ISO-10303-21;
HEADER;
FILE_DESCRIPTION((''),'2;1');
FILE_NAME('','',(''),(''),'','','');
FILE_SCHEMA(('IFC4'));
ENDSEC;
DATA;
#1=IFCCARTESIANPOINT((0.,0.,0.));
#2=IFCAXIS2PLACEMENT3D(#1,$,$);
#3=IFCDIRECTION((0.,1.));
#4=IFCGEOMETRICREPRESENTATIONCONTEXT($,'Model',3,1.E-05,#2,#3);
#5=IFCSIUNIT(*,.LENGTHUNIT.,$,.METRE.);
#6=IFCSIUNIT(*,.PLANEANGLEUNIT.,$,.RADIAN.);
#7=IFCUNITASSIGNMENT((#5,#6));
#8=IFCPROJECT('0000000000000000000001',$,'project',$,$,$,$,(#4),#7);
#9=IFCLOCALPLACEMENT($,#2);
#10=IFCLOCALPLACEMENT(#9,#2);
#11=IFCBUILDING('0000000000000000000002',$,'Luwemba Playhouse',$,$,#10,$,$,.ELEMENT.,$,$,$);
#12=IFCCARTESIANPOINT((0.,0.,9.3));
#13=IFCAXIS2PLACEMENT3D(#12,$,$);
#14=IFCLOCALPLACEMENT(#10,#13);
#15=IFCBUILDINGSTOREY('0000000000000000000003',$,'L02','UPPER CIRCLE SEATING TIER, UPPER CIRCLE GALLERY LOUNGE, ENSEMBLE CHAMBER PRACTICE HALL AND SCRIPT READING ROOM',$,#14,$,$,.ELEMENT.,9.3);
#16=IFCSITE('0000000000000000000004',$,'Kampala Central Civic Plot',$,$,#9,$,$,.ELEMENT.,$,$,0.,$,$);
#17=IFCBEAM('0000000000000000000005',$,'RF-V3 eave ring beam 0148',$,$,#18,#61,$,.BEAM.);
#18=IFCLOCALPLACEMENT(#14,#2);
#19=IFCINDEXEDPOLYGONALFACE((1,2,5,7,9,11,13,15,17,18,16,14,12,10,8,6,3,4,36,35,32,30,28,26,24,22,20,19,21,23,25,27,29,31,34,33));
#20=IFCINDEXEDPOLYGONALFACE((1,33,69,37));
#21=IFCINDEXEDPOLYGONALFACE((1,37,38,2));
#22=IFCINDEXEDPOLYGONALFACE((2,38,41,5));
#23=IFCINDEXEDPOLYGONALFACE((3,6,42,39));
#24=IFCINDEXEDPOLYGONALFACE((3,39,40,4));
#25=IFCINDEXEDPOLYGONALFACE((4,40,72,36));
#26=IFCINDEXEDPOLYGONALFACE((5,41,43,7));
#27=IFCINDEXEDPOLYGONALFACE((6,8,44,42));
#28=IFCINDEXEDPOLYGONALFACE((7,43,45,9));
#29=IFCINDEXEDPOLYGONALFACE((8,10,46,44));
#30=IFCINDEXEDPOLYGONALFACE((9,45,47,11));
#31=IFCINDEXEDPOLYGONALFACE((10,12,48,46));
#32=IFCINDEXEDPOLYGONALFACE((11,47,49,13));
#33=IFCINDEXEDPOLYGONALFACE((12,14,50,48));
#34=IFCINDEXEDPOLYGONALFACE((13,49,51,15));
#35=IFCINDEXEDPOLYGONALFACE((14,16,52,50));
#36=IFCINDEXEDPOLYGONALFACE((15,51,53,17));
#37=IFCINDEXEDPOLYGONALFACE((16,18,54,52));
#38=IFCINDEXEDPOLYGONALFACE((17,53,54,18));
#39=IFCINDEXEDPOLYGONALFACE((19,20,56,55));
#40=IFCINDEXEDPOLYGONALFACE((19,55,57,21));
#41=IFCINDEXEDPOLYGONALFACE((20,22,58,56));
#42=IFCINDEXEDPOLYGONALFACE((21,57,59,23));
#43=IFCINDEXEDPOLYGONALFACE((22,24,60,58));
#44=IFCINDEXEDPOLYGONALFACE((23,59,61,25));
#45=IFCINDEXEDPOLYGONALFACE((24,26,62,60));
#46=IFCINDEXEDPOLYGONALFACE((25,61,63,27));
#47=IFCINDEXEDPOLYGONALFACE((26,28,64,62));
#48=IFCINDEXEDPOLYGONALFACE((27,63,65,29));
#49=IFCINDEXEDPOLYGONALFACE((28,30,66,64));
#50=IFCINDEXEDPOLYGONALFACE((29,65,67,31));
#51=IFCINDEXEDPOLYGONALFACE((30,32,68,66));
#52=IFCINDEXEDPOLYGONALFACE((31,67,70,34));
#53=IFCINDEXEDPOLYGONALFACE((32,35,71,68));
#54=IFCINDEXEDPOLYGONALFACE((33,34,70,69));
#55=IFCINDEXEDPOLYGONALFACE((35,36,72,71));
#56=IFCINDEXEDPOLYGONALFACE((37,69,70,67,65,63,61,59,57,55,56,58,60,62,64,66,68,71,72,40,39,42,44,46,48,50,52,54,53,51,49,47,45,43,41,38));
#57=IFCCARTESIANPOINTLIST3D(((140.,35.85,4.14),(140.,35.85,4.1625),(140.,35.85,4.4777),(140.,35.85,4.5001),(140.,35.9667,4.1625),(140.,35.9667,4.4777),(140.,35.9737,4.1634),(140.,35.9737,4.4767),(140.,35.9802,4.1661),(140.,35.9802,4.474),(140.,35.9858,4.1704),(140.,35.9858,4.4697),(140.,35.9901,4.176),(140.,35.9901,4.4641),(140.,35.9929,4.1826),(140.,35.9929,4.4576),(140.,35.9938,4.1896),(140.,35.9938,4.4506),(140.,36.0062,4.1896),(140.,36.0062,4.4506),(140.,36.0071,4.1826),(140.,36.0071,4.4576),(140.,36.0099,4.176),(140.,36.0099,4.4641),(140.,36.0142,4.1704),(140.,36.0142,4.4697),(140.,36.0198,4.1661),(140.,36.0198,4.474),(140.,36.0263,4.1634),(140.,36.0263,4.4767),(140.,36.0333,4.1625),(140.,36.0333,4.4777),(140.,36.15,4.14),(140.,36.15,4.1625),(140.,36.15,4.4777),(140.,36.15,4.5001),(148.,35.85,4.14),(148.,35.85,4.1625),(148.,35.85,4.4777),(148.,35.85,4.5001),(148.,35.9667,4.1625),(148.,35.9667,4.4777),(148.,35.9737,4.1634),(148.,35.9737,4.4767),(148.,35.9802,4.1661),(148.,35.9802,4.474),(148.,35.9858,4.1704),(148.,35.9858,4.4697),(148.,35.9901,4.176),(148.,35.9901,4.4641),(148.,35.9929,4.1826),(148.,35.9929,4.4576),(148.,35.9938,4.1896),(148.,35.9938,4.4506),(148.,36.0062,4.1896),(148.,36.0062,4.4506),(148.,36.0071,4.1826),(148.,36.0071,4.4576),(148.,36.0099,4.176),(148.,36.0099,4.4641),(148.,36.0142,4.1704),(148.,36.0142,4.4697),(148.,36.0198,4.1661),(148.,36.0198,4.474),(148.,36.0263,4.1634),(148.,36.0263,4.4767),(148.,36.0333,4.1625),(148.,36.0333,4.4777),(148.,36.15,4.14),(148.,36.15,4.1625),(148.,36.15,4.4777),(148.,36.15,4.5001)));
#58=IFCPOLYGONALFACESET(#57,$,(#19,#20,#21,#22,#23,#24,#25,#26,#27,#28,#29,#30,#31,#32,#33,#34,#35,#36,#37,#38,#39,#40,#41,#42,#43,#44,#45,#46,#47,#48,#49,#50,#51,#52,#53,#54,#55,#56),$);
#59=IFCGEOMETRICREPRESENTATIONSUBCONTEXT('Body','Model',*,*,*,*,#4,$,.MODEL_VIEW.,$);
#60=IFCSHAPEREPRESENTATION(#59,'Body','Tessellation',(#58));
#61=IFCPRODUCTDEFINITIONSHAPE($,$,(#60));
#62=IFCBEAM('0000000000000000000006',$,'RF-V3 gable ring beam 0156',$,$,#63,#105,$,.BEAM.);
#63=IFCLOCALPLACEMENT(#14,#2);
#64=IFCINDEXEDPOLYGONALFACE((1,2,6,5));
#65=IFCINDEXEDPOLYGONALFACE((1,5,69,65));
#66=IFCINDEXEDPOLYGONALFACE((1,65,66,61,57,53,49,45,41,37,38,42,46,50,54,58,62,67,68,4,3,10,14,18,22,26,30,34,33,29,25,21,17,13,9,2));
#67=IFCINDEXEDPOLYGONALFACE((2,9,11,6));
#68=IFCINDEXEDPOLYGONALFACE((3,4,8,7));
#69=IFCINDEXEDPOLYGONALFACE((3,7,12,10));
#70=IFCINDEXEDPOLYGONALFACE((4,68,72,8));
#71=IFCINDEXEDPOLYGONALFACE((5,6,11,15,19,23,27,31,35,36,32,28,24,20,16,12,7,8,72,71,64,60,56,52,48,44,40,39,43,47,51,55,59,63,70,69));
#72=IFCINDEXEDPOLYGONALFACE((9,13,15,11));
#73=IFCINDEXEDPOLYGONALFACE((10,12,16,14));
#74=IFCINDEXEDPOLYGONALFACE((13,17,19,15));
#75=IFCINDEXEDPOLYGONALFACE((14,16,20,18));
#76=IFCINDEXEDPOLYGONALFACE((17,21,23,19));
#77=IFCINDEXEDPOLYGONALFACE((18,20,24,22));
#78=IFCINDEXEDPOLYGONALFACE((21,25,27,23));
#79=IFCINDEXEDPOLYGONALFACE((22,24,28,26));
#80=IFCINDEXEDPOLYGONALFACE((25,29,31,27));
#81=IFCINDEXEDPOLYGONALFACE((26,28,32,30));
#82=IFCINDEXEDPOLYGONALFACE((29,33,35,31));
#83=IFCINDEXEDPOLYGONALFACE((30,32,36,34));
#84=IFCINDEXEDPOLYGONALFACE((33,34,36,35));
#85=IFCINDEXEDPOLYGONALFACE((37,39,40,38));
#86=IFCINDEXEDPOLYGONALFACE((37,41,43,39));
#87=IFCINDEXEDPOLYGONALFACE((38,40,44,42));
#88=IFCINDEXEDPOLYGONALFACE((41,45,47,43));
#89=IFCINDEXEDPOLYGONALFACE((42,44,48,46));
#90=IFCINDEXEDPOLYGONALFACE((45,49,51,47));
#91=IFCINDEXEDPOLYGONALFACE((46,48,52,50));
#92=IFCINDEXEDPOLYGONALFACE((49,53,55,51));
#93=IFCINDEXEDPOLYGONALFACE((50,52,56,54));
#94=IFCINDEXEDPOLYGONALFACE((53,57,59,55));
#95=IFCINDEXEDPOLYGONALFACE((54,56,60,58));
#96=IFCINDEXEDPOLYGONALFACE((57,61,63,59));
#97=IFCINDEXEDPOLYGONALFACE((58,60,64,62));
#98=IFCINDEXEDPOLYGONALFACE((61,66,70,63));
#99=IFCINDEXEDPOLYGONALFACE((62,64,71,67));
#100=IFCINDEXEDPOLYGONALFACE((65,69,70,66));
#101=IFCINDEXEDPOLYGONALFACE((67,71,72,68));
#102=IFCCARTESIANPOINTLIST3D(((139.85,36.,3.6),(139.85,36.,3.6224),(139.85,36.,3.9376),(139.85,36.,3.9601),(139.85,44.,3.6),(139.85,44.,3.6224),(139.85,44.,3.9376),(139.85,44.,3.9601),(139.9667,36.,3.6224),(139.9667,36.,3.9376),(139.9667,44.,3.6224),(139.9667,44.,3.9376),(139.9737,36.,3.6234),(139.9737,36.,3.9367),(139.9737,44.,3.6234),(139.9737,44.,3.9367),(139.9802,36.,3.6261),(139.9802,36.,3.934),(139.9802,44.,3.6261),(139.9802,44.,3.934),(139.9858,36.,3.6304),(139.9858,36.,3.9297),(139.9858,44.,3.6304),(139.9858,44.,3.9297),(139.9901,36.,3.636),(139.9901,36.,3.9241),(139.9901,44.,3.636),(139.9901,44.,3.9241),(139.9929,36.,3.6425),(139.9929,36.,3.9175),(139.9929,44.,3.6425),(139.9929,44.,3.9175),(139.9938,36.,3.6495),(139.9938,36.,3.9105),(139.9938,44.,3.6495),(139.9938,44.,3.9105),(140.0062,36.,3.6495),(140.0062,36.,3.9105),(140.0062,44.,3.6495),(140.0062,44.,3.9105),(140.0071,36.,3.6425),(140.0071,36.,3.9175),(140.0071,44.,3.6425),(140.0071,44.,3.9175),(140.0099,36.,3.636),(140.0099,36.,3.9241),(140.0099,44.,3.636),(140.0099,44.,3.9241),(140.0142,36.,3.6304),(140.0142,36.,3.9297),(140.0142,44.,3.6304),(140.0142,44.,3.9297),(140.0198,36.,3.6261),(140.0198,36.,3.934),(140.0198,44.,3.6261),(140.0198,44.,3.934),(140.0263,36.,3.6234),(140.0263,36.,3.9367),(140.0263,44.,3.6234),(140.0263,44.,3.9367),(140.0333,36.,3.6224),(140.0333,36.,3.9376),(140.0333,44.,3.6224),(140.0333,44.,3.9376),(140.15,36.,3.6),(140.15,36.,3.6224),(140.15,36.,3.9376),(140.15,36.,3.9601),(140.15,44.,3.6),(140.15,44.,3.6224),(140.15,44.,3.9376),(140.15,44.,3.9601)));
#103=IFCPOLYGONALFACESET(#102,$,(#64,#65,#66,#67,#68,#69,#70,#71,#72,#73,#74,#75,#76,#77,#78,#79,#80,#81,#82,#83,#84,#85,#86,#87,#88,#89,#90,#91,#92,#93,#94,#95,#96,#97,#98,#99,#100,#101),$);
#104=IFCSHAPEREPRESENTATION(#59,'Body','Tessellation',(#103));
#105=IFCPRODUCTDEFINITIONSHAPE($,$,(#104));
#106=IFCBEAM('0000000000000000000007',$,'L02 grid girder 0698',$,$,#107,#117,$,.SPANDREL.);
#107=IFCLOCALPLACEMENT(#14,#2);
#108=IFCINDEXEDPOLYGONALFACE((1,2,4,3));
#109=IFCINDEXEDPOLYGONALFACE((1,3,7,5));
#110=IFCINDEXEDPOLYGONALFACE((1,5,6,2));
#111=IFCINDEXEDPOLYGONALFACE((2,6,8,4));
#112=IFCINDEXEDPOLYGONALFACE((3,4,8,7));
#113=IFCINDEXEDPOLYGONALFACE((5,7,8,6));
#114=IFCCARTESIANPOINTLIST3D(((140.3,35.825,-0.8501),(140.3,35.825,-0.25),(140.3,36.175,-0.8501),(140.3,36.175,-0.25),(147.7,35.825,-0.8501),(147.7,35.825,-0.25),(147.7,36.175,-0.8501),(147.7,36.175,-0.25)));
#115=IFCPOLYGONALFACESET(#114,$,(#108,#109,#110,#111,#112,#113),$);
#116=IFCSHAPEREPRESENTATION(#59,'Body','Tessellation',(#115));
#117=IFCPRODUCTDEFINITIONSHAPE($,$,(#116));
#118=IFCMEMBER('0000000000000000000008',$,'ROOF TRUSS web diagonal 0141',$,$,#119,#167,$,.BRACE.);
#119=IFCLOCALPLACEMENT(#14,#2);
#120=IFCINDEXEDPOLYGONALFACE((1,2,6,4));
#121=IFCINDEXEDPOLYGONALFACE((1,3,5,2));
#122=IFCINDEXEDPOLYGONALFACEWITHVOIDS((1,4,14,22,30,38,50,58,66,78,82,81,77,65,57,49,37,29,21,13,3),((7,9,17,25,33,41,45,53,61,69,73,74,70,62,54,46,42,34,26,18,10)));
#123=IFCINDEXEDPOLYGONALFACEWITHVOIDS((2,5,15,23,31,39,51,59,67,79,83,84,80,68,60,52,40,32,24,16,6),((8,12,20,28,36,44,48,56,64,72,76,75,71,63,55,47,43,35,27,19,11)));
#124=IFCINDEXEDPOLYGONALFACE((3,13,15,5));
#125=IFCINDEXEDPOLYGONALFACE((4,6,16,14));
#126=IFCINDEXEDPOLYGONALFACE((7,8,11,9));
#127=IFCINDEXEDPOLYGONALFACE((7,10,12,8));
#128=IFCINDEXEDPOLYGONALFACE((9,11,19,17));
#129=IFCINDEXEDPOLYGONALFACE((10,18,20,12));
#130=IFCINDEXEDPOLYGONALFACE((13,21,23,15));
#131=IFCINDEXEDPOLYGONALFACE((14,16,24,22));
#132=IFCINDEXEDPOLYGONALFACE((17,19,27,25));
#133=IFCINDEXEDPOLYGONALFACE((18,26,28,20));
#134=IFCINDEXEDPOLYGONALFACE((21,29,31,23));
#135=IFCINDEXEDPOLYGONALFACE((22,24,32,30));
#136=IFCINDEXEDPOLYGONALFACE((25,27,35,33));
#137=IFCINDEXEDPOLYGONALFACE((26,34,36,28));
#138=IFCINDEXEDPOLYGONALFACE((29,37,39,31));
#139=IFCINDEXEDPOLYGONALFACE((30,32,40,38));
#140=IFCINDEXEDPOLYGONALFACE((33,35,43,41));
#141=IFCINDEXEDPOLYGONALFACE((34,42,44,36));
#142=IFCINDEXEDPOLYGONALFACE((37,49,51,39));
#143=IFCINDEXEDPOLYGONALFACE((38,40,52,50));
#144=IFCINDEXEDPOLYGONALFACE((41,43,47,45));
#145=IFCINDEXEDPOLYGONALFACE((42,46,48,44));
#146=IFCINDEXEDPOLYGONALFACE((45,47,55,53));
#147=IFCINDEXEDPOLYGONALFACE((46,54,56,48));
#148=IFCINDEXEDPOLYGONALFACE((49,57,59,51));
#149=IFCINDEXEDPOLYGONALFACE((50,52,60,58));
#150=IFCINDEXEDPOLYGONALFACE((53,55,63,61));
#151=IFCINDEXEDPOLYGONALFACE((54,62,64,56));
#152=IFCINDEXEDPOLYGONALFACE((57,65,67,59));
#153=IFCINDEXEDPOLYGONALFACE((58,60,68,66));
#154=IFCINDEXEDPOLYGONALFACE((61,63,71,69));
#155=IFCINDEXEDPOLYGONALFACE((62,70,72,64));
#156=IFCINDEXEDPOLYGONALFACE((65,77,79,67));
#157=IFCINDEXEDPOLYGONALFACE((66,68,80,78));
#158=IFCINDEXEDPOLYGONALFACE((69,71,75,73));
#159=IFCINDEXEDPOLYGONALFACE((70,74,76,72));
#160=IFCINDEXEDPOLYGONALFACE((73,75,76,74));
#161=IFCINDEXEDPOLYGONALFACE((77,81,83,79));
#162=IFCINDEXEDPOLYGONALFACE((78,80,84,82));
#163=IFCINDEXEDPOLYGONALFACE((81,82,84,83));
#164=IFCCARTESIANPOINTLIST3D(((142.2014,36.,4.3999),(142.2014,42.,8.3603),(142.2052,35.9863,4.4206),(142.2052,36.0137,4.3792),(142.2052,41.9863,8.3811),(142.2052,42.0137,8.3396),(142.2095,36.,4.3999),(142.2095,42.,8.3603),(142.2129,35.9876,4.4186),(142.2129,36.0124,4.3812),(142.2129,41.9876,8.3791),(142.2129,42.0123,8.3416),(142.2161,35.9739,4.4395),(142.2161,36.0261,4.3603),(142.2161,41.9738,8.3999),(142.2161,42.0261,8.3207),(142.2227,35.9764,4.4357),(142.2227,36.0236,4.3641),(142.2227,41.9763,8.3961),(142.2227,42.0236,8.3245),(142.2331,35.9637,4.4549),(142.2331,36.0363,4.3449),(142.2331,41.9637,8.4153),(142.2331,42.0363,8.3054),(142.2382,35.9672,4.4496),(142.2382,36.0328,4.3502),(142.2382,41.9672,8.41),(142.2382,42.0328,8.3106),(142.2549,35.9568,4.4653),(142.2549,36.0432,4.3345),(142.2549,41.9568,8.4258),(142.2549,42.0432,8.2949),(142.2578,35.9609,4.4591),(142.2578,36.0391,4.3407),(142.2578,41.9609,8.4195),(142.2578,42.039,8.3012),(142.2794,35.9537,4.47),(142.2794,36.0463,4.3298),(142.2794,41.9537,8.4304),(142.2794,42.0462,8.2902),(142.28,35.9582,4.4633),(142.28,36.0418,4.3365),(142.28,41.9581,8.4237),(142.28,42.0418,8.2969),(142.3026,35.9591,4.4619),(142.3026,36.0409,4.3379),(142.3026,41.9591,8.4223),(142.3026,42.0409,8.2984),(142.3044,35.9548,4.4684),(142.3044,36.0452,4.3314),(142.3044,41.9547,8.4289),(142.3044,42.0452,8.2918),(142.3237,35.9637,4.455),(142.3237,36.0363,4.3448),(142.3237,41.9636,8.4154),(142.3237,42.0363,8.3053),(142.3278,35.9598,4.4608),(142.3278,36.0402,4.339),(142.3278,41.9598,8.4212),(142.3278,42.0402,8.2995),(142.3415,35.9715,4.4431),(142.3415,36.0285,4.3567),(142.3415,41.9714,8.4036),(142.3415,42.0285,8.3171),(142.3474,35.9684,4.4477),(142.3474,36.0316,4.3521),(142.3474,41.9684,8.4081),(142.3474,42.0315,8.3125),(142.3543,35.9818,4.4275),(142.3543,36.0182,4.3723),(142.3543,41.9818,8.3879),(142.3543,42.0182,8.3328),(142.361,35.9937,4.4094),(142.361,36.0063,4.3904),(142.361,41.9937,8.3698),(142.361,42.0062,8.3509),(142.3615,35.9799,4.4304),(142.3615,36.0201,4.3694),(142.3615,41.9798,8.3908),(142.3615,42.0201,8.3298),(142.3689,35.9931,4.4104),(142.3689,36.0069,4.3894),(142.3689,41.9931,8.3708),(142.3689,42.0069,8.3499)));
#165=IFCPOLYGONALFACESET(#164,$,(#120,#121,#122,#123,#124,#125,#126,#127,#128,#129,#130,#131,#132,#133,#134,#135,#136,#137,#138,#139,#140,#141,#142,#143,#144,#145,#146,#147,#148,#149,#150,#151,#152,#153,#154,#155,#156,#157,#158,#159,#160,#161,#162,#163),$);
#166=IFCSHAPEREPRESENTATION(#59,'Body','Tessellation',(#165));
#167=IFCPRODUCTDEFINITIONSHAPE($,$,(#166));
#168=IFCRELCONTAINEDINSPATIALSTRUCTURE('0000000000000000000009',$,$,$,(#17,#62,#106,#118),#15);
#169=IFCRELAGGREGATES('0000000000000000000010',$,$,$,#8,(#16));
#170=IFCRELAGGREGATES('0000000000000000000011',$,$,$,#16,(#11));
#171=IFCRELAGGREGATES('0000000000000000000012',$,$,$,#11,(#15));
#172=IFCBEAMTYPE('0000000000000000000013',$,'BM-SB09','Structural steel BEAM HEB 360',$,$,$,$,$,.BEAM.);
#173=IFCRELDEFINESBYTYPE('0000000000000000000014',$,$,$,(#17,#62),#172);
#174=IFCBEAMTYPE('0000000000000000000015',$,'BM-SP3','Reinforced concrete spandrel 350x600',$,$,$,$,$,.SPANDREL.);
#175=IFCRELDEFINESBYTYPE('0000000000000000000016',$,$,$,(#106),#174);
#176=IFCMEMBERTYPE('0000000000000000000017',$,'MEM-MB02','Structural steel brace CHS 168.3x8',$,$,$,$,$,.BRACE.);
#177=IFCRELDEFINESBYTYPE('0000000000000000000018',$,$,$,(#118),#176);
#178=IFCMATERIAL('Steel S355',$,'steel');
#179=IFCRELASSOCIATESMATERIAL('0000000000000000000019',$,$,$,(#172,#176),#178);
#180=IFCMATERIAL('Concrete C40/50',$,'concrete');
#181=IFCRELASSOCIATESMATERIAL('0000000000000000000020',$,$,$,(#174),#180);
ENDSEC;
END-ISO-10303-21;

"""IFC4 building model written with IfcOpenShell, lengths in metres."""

from ifc_helpers import new_model, si_unit, direction, frame, origin, origin_2d, place, context, subcontext, project, spatial, rectangle, hollow_circle, i_section, extrude, material, material_profile, profile_set, type_object, element, save


model = new_model("IFC4")

# Units and contexts
model_context = context("Model", 3, precision=1e-05, world=origin(), true_north=direction((0.0, 1.0)))
body_context = subcontext(model_context, "Body", "Model", "MODEL_VIEW")
ifc_project = project(units=[si_unit("LENGTHUNIT", "METRE"), si_unit("PLANEANGLEUNIT", "RADIAN")], contexts=[model_context])

# Site, building, storey
site_placement = place(None, origin())
site = spatial("IfcSite", under=ifc_project, at=site_placement, Name="Kampala Central Civic Plot", CompositionType="ELEMENT", RefElevation=0.0)
building_placement = place(site_placement, origin())
building = spatial("IfcBuilding", under=site, at=building_placement, Name="Luwemba Playhouse", CompositionType="ELEMENT")
storey_placement = place(building_placement, frame((0.0, 0.0, 9.3)))
storey = spatial("IfcBuildingStorey", under=building, at=storey_placement, Name="L02", Description="UPPER CIRCLE SEATING TIER, UPPER CIRCLE GALLERY LOUNGE, ENSEMBLE CHAMBER PRACTICE HALL AND SCRIPT READING ROOM", CompositionType="ELEMENT", Elevation=9.3)

# Shared definitions
ifc_material_1 = material(Name="Concrete C40/50", Category="concrete")
ifc_material_2 = material(Name="Steel S355", Category="steel")

# Beams
ifc_material_profile_1 = material_profile(ifc_material_2, i_section(OverallWidth=0.3, OverallDepth=0.3601, WebThickness=0.0125, FlangeThickness=0.0225, FilletRadius=0.0271, at=origin_2d()))
ifc_profile_set_1 = profile_set([ifc_material_profile_1], Name="Steel S355")
beam_type_1 = type_object("IfcBeamType", Name="BM-SB09", Description="Structural steel BEAM HEB 360", PredefinedType="BEAM", material=ifc_profile_set_1)
for number, where, z_axis, x_axis, name in (
    (1, (140.0, 36.0, 4.3201), (1.0, 0.0, 0.0), (0.0, 1.0, 0.0), "RF-V3 eave ring beam 0148"),
    (2, (140.0, 36.0, 3.78), (0.0, 1.0, 0.0), (-1.0, 0.0, 0.0), "RF-V3 gable ring beam 0156"),
):
    element("IfcBeam", number, at=place(storey_placement, frame(where, z_axis=z_axis, x_axis=x_axis)), inside=storey, type_object=beam_type_1, Name=name, PredefinedType="BEAM", context=body_context, shape_type="SweptSolid", body=[
        extrude(i_section(OverallWidth=0.3, OverallDepth=0.3601, WebThickness=0.0125, FlangeThickness=0.0225, FilletRadius=0.0271, at=origin_2d()), origin(), (0.0, 0.0, 1.0), 8.0),
    ])
ifc_material_profile_2 = material_profile(ifc_material_1, rectangle(XDim=0.3501, YDim=0.6001, at=origin_2d()))
ifc_profile_set_2 = profile_set([ifc_material_profile_2], Name="Concrete C40/50")
beam_type_2 = type_object("IfcBeamType", Name="BM-SP3", Description="Reinforced concrete spandrel 350x600", PredefinedType="SPANDREL", material=ifc_profile_set_2)
beam_1_placement = place(storey_placement, frame((140.3, 36.0, -0.55), z_axis=(1.0, 0.0, 0.0), x_axis=(0.0, 1.0, 0.0)))
element("IfcBeam", 3, at=beam_1_placement, inside=storey, type_object=beam_type_2, Name="L02 grid girder 0698", PredefinedType="SPANDREL", context=body_context, shape_type="SweptSolid", body=[
    extrude(rectangle(XDim=0.3501, YDim=0.6001, at=origin_2d()), origin(), (0.0, 0.0, 1.0), 7.3999),
])

# Member
ifc_material_profile_3 = material_profile(ifc_material_2, hollow_circle(Radius=0.0842, WallThickness=0.0081, at=origin_2d()))
ifc_profile_set_3 = profile_set([ifc_material_profile_3], Name="Steel S355")
member_type_1 = type_object("IfcMemberType", Name="MEM-MB02", Description="Structural steel brace CHS 168.3x8", PredefinedType="BRACE", material=ifc_profile_set_3)
member_1_placement = place(storey_placement, frame((142.2856, 36.0, 4.3999), z_axis=(0.0, 0.834581, 0.550886), x_axis=(-1.0, 0.0, 0.0)))
element("IfcMember", 4, at=member_1_placement, inside=storey, type_object=member_type_1, Name="ROOF TRUSS web diagonal 0141", PredefinedType="BRACE", context=body_context, shape_type="SweptSolid", body=[
    extrude(hollow_circle(Radius=0.0842, WallThickness=0.0081, at=origin_2d()), origin(), (0.0, 0.0, 1.0), 7.1892),
])

save(model, "model.ifc")
